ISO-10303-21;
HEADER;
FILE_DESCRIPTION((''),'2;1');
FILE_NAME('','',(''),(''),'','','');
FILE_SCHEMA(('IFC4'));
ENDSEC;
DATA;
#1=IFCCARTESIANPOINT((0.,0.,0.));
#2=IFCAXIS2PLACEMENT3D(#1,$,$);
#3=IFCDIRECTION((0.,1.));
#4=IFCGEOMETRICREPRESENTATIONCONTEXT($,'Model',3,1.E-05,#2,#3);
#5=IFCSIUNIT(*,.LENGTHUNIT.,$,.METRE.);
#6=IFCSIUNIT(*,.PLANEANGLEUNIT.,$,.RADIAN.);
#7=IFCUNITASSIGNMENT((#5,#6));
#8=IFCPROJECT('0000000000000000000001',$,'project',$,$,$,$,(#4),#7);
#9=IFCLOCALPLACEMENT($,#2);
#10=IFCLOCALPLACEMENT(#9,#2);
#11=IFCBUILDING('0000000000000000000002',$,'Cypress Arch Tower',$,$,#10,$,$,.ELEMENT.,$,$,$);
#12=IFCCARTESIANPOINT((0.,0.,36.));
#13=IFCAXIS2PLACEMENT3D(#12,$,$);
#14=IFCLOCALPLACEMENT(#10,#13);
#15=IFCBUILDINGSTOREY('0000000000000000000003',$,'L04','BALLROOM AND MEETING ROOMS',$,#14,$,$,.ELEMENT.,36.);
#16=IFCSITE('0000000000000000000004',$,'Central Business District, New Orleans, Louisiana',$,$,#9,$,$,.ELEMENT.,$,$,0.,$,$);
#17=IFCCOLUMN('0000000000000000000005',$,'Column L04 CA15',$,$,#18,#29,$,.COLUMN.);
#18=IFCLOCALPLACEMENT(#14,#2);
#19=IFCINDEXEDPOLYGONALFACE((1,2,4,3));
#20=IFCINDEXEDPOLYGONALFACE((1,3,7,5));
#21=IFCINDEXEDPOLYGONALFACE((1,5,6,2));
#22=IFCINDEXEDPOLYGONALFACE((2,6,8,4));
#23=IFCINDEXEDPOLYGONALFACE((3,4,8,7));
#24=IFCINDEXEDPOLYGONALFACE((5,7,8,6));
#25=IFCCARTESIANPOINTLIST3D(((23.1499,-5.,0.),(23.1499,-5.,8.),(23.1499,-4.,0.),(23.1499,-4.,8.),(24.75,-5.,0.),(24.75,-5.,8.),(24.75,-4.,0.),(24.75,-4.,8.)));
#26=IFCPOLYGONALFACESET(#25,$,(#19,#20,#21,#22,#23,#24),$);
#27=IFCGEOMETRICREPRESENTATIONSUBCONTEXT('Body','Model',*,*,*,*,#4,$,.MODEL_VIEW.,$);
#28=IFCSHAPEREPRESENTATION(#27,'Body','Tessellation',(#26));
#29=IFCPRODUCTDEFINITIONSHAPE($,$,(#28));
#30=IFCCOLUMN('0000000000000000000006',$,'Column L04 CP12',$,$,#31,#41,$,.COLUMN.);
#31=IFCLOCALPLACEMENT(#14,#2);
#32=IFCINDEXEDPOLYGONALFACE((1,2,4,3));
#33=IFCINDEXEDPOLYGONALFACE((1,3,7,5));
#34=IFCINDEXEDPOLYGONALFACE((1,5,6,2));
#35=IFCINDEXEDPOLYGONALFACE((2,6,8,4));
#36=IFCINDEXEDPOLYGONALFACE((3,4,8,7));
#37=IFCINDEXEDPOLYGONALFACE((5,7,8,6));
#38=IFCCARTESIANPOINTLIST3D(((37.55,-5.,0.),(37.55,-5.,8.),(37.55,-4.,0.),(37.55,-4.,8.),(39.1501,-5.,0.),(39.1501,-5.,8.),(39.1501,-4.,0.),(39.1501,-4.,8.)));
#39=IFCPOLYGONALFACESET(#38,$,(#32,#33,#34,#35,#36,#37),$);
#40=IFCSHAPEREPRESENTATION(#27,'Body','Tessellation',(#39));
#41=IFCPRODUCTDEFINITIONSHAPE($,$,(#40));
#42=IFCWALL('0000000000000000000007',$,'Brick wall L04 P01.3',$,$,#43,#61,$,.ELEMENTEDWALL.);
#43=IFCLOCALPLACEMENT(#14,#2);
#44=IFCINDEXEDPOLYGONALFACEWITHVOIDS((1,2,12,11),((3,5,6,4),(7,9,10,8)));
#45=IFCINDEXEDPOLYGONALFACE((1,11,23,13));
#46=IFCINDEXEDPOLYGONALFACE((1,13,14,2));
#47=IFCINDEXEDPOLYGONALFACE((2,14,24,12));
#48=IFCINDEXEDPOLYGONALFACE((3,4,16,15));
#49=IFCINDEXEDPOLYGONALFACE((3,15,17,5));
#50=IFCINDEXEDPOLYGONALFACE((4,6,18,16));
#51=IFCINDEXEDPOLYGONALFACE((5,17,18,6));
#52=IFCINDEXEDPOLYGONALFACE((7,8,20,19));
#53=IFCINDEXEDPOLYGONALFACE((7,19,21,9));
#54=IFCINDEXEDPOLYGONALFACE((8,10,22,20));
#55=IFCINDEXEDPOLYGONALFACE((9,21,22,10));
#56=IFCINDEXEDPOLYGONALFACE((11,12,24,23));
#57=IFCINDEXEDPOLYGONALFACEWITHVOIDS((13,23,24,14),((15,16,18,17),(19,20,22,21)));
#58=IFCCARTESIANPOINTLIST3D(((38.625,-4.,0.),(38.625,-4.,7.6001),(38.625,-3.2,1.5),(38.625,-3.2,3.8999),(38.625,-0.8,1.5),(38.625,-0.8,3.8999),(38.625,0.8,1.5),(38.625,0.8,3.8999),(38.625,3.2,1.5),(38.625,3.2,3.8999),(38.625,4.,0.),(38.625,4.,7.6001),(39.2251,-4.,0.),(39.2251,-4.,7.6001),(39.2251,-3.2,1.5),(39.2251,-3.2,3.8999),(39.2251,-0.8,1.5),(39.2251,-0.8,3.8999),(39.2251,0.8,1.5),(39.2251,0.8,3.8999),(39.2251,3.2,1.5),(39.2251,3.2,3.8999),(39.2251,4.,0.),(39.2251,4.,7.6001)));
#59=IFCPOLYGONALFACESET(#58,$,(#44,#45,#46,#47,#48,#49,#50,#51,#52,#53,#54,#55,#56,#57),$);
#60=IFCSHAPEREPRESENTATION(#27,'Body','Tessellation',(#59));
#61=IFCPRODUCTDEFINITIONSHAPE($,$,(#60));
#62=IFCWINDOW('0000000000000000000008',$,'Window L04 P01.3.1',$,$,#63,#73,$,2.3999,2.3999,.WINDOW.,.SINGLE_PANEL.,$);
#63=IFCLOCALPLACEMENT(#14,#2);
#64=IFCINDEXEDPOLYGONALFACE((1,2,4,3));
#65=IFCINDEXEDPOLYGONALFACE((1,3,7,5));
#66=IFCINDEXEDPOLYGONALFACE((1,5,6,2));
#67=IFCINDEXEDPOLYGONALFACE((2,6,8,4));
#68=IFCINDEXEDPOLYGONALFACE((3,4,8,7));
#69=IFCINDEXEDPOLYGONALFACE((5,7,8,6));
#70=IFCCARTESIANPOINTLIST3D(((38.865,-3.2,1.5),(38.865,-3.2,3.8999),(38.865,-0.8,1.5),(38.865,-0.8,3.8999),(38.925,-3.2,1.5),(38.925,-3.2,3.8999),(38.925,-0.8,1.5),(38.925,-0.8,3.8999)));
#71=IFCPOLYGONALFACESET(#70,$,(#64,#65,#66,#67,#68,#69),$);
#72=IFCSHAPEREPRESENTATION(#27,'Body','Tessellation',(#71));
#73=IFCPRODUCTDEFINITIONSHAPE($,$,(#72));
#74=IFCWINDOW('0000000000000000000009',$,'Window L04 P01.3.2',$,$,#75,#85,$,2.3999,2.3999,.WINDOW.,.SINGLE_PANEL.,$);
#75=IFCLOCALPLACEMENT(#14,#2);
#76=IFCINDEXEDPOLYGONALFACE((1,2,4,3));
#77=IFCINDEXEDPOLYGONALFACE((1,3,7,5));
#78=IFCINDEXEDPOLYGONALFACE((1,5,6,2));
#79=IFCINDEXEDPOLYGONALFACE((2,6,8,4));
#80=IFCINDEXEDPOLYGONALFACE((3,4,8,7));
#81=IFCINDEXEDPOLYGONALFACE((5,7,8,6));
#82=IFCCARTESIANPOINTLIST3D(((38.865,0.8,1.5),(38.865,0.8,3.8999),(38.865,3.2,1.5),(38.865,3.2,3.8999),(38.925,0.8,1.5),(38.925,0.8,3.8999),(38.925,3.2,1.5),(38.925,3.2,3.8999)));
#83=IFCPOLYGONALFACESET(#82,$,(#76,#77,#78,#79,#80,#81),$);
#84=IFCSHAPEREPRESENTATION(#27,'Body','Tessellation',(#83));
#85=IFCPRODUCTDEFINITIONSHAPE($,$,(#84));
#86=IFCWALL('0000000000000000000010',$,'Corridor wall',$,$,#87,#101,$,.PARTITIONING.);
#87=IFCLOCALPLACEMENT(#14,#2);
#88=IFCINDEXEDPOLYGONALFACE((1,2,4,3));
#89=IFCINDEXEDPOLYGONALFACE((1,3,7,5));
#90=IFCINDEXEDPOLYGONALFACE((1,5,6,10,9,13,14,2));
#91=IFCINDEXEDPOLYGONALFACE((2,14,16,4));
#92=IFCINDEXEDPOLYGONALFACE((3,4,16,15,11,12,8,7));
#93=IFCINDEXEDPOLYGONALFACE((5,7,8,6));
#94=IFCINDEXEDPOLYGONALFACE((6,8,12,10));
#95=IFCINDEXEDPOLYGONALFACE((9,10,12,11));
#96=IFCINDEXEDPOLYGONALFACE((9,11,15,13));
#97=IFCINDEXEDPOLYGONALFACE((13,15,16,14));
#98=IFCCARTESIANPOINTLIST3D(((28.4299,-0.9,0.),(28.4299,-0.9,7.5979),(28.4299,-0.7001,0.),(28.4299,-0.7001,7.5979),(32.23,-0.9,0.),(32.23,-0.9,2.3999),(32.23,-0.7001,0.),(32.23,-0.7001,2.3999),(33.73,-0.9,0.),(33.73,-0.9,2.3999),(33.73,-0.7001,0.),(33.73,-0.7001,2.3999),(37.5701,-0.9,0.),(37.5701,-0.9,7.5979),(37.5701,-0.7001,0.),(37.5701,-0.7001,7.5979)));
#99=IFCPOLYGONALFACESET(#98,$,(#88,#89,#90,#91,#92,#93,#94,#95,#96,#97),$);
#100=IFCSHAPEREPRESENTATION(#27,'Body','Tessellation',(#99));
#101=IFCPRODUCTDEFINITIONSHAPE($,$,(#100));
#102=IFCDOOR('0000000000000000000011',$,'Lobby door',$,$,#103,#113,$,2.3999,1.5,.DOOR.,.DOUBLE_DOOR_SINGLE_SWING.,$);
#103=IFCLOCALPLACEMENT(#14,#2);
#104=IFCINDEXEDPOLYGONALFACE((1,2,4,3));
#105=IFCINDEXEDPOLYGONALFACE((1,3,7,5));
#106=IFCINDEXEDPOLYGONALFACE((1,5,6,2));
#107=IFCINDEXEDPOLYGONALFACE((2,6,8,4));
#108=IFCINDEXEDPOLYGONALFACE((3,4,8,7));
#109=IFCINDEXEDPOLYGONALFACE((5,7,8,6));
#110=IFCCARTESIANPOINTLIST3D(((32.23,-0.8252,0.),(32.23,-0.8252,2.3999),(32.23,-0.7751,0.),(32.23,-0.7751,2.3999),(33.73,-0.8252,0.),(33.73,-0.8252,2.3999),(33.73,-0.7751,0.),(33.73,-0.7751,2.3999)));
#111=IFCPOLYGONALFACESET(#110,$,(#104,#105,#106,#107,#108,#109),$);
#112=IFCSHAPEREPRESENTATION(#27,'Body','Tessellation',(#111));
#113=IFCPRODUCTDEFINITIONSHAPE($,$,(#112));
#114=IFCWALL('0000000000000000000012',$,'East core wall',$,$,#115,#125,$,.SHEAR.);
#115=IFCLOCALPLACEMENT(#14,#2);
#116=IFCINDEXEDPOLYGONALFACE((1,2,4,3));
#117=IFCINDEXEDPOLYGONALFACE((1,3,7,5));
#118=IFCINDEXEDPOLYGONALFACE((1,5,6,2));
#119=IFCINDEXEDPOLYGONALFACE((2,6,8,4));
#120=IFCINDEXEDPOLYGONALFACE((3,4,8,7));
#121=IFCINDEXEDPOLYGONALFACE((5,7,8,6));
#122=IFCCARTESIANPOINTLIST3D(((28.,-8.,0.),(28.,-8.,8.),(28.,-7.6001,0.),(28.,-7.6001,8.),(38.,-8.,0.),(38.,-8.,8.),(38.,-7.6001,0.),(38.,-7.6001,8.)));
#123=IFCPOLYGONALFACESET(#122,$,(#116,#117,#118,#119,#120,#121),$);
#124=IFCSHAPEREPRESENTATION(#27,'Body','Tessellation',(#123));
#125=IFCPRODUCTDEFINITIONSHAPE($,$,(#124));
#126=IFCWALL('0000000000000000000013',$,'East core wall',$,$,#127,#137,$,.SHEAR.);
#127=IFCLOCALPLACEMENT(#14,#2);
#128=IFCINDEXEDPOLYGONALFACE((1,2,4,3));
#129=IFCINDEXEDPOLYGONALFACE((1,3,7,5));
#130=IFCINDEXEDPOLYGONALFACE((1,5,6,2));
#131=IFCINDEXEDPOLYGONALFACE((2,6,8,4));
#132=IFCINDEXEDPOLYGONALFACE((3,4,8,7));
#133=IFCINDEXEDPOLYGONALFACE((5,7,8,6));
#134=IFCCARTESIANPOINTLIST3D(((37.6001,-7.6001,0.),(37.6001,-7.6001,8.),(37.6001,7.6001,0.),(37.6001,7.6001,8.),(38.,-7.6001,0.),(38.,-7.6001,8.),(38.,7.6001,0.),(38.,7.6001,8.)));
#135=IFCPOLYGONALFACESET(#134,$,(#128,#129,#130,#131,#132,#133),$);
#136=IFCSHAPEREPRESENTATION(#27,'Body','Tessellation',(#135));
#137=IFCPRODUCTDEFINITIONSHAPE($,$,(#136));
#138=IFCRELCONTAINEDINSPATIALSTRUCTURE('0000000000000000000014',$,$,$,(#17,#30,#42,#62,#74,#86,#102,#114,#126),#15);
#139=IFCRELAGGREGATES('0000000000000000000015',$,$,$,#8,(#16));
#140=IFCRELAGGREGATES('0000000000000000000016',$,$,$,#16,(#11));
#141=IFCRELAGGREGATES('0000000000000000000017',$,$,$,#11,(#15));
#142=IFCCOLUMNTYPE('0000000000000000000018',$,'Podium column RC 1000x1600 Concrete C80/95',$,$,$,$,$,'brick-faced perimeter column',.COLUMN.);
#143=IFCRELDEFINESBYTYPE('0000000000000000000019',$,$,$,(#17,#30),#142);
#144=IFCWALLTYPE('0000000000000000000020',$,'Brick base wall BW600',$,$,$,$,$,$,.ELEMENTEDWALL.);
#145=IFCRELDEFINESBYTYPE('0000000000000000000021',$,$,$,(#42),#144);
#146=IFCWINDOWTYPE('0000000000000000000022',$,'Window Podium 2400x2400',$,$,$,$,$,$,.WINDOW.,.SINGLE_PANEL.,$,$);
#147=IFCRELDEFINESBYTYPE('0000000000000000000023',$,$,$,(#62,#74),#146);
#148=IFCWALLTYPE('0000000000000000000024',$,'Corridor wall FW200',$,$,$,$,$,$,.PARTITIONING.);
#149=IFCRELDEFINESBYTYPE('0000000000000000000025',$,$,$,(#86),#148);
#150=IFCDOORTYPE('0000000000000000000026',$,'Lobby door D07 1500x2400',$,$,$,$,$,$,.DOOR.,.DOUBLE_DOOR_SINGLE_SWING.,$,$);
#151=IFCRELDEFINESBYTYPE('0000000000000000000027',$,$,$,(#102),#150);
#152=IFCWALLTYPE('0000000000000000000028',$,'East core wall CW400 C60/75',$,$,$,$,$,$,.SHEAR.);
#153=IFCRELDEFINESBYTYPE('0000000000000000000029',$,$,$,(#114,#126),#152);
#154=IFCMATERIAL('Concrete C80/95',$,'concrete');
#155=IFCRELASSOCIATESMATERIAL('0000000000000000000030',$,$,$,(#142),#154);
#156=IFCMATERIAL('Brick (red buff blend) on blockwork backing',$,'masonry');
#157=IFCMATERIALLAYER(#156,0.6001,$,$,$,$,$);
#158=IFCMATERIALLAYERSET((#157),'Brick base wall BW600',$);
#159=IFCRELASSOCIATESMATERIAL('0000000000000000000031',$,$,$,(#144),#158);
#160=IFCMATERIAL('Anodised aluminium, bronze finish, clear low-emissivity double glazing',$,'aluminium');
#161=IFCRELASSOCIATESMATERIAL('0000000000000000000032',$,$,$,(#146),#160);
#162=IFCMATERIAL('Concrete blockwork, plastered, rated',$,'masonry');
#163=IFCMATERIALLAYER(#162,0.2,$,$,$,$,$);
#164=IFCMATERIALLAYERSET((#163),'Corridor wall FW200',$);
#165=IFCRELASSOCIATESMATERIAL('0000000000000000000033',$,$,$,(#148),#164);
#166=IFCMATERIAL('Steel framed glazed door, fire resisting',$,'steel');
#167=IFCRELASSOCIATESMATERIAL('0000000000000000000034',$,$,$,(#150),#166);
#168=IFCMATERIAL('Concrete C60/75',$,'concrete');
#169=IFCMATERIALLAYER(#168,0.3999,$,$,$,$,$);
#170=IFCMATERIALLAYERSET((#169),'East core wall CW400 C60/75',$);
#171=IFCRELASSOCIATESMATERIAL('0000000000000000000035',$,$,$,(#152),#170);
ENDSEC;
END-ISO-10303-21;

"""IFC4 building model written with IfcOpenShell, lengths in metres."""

from ifc_helpers import new_model, si_unit, direction, frame, frame_2d, origin, origin_2d, place, context, subcontext, project, spatial, rectangle, extrude, material, layer, layer_set, material_profile, profile_set, type_object, element, fill, save


model = new_model("IFC4")

# Units and contexts
model_context = context("Model", 3, precision=1e-05, world=origin(), true_north=direction((0.0, 1.0)))
body_context = subcontext(model_context, "Body", "Model", "MODEL_VIEW")
ifc_project = project(units=[si_unit("LENGTHUNIT", "METRE"), si_unit("PLANEANGLEUNIT", "RADIAN")], contexts=[model_context])

# Site, building, storey
site_placement = place(None, origin())
site = spatial("IfcSite", under=ifc_project, at=site_placement, Name="Central Business District, New Orleans, Louisiana", CompositionType="ELEMENT", RefElevation=0.0)
building_placement = place(site_placement, origin())
building = spatial("IfcBuilding", under=site, at=building_placement, Name="Cypress Arch Tower", CompositionType="ELEMENT")
storey_placement = place(building_placement, frame((0.0, 0.0, 36.0)))
storey = spatial("IfcBuildingStorey", under=building, at=storey_placement, Name="L04", Description="BALLROOM AND MEETING ROOMS", CompositionType="ELEMENT", Elevation=36.0)

# Columns
ifc_material_1 = material(Name="Concrete C80/95", Category="concrete")
ifc_material_profile = material_profile(ifc_material_1, rectangle(XDim=1.0, YDim=1.6001, at=origin_2d()), Name="RC 1000x1600")
ifc_profile_set = profile_set([ifc_material_profile], Name="Concrete C80/95")
column_type = type_object("IfcColumnType", Name="Podium column RC 1000x1600 Concrete C80/95", ElementType="brick-faced perimeter column", PredefinedType="COLUMN", material=ifc_profile_set)
for number, where, z_axis, x_axis, name in (
    (1, (23.95, -4.5, 0.0), (0.0, 0.0, 1.0), (0.0, 1.0, 0.0), "Column L04 CA15"),
    (2, (38.3501, -4.5, 0.0), (0.0, 0.0, 1.0), (0.0, 1.0, 0.0), "Column L04 CP12"),
):
    element("IfcColumn", number, at=place(storey_placement, frame(where, z_axis=z_axis, x_axis=x_axis)), inside=storey, type_object=column_type, Name=name, PredefinedType="COLUMN", context=body_context, shape_type="SweptSolid", body=[
        extrude(rectangle(XDim=1.0, YDim=1.6001, at=origin_2d()), origin(), (0.0, 0.0, 1.0), 8.0),
    ])

# Wall, openings, windows
ifc_material_2 = material(Name="Brick (red buff blend) on blockwork backing", Category="masonry")
ifc_layer_1 = layer(ifc_material_2, 0.6001)
ifc_layer_set_1 = layer_set([ifc_layer_1], Name="Brick base wall BW600")
wall_type_1 = type_object("IfcWallType", Name="Brick base wall BW600", PredefinedType="ELEMENTEDWALL", material=ifc_layer_set_1)
wall_1_placement = place(storey_placement, frame((38.925, -4.0, 0.0), z_axis=(0.0, 0.0, 1.0), x_axis=(0.0, 1.0, 0.0)))
wall_1 = element("IfcWall", 3, at=wall_1_placement, inside=storey, type_object=wall_type_1, Name="Brick wall L04 P01.3", PredefinedType="ELEMENTEDWALL", context=body_context, shape_type="SweptSolid", body=[
    extrude(rectangle(XDim=8.0, YDim=0.6001, at=frame_2d((4.0, 0.0))), origin(), (0.0, 0.0, 1.0), 7.6001),
])
opening_1_placement = place(wall_1_placement, frame((0.8, 0.0, 1.5)))
opening_1 = element("IfcOpeningElement", 4, at=opening_1_placement, cuts=wall_1, PredefinedType="OPENING", context=body_context, shape_type="SweptSolid", body=[
    extrude(rectangle(XDim=2.3999, YDim=2.3999, at=frame_2d((1.2, 1.2))), frame((0.0, 0.3101, 0.0), z_axis=(0.0, -1.0, 0.0), x_axis=(1.0, 0.0, 0.0)), (0.0, 0.0, 1.0), 0.6201),
])
opening_2_placement = place(wall_1_placement, frame((4.8, 0.0, 1.5)))
opening_2 = element("IfcOpeningElement", 5, at=opening_2_placement, cuts=wall_1, PredefinedType="OPENING", context=body_context, shape_type="SweptSolid", body=[
    extrude(rectangle(XDim=2.3999, YDim=2.3999, at=frame_2d((1.2, 1.2))), frame((0.0, 0.3101, 0.0), z_axis=(0.0, -1.0, 0.0), x_axis=(1.0, 0.0, 0.0)), (0.0, 0.0, 1.0), 0.6201),
])
ifc_material_3 = material(Name="Anodised aluminium, bronze finish, clear low-emissivity double glazing", Category="aluminium")
window_type = type_object("IfcWindowType", Name="Window Podium 2400x2400", PartitioningType="SINGLE_PANEL", PredefinedType="WINDOW", material=ifc_material_3)
window_1_placement = place(opening_1_placement, origin())
window_1 = element("IfcWindow", 6, at=window_1_placement, inside=storey, type_object=window_type, Name="Window L04 P01.3.1", OverallHeight=2.3999, OverallWidth=2.3999, PartitioningType="SINGLE_PANEL", PredefinedType="WINDOW", context=body_context, shape_type="SweptSolid", body=[
    extrude(rectangle(XDim=2.3999, YDim=2.3999, at=frame_2d((1.2, 1.2))), frame((0.0, 0.0601, 0.0), z_axis=(0.0, -1.0, 0.0), x_axis=(1.0, 0.0, 0.0)), (0.0, 0.0, 1.0), 0.0601),
])
fill(opening_1, window_1)
window_2_placement = place(opening_2_placement, origin())
window_2 = element("IfcWindow", 7, at=window_2_placement, inside=storey, type_object=window_type, Name="Window L04 P01.3.2", OverallHeight=2.3999, OverallWidth=2.3999, PartitioningType="SINGLE_PANEL", PredefinedType="WINDOW", context=body_context, shape_type="SweptSolid", body=[
    extrude(rectangle(XDim=2.3999, YDim=2.3999, at=frame_2d((1.2, 1.2))), frame((0.0, 0.0601, 0.0), z_axis=(0.0, -1.0, 0.0), x_axis=(1.0, 0.0, 0.0)), (0.0, 0.0, 1.0), 0.0601),
])
fill(opening_2, window_2)

# Wall, opening, door
ifc_material_4 = material(Name="Concrete blockwork, plastered, rated", Category="masonry")
ifc_layer_2 = layer(ifc_material_4, 0.2)
ifc_layer_set_2 = layer_set([ifc_layer_2], Name="Corridor wall FW200")
wall_type_2 = type_object("IfcWallType", Name="Corridor wall FW200", PredefinedType="PARTITIONING", material=ifc_layer_set_2)
wall_2_placement = place(storey_placement, frame((28.4299, -0.8, 0.0), z_axis=(0.0, 0.0, 1.0), x_axis=(1.0, 0.0, 0.0)))
wall_2 = element("IfcWall", 8, at=wall_2_placement, inside=storey, type_object=wall_type_2, Name="Corridor wall", PredefinedType="PARTITIONING", context=body_context, shape_type="SweptSolid", body=[
    extrude(rectangle(XDim=9.1401, YDim=0.2, at=frame_2d((4.5701, 0.0))), origin(), (0.0, 0.0, 1.0), 7.5979),
])
opening_3_placement = place(wall_2_placement, frame((3.8, 0.0, 0.0)))
opening_3 = element("IfcOpeningElement", 9, at=opening_3_placement, cuts=wall_2, PredefinedType="OPENING", context=body_context, shape_type="SweptSolid", body=[
    extrude(rectangle(XDim=1.5, YDim=2.3999, at=frame_2d((0.75, 1.2))), frame((0.0, 0.1099, 0.0), z_axis=(0.0, -1.0, 0.0), x_axis=(1.0, 0.0, 0.0)), (0.0, 0.0, 1.0), 0.22),
])
ifc_material_5 = material(Name="Steel framed glazed door, fire resisting", Category="steel")
door_type_1 = type_object("IfcDoorType", Name="Lobby door D07 1500x2400", OperationType="DOUBLE_DOOR_SINGLE_SWING", PredefinedType="DOOR", material=ifc_material_5)
door_1_placement = place(opening_3_placement, origin())
door_1 = element("IfcDoor", 10, at=door_1_placement, inside=storey, type_object=door_type_1, Name="Lobby door", OperationType="DOUBLE_DOOR_SINGLE_SWING", OverallHeight=2.3999, OverallWidth=1.5, PredefinedType="DOOR", context=body_context, shape_type="SweptSolid", body=[
    extrude(rectangle(XDim=1.5, YDim=2.3999, at=frame_2d((0.75, 1.2))), frame((0.0, 0.0249, 0.0), z_axis=(0.0, -1.0, 0.0), x_axis=(1.0, 0.0, 0.0)), (0.0, 0.0, 1.0), 0.05),
])
fill(opening_3, door_1)

# Walls
ifc_material_6 = material(Name="Concrete C60/75", Category="concrete")
ifc_layer_3 = layer(ifc_material_6, 0.3999)
ifc_layer_set_3 = layer_set([ifc_layer_3], Name="East core wall CW400 C60/75")
wall_type_3 = type_object("IfcWallType", Name="East core wall CW400 C60/75", PredefinedType="SHEAR", material=ifc_layer_set_3)
wall_3_placement = place(storey_placement, frame((28.0, -7.8, 0.0), z_axis=(0.0, 0.0, 1.0), x_axis=(1.0, 0.0, 0.0)))
element("IfcWall", 11, at=wall_3_placement, inside=storey, type_object=wall_type_3, Name="East core wall", PredefinedType="SHEAR", context=body_context, shape_type="SweptSolid", body=[
    extrude(rectangle(XDim=10.0, YDim=0.3999, at=frame_2d((5.0, 0.0))), origin(), (0.0, 0.0, 1.0), 8.0),
])
wall_4_placement = place(storey_placement, frame((37.8, -7.6001, 0.0), z_axis=(0.0, 0.0, 1.0), x_axis=(0.0, 1.0, 0.0)))
element("IfcWall", 12, at=wall_4_placement, inside=storey, type_object=wall_type_3, Name="East core wall", PredefinedType="SHEAR", context=body_context, shape_type="SweptSolid", body=[
    extrude(rectangle(XDim=15.2002, YDim=0.3999, at=frame_2d((7.6001, 0.0))), origin(), (0.0, 0.0, 1.0), 8.0),
])

save(model, "model.ifc")
